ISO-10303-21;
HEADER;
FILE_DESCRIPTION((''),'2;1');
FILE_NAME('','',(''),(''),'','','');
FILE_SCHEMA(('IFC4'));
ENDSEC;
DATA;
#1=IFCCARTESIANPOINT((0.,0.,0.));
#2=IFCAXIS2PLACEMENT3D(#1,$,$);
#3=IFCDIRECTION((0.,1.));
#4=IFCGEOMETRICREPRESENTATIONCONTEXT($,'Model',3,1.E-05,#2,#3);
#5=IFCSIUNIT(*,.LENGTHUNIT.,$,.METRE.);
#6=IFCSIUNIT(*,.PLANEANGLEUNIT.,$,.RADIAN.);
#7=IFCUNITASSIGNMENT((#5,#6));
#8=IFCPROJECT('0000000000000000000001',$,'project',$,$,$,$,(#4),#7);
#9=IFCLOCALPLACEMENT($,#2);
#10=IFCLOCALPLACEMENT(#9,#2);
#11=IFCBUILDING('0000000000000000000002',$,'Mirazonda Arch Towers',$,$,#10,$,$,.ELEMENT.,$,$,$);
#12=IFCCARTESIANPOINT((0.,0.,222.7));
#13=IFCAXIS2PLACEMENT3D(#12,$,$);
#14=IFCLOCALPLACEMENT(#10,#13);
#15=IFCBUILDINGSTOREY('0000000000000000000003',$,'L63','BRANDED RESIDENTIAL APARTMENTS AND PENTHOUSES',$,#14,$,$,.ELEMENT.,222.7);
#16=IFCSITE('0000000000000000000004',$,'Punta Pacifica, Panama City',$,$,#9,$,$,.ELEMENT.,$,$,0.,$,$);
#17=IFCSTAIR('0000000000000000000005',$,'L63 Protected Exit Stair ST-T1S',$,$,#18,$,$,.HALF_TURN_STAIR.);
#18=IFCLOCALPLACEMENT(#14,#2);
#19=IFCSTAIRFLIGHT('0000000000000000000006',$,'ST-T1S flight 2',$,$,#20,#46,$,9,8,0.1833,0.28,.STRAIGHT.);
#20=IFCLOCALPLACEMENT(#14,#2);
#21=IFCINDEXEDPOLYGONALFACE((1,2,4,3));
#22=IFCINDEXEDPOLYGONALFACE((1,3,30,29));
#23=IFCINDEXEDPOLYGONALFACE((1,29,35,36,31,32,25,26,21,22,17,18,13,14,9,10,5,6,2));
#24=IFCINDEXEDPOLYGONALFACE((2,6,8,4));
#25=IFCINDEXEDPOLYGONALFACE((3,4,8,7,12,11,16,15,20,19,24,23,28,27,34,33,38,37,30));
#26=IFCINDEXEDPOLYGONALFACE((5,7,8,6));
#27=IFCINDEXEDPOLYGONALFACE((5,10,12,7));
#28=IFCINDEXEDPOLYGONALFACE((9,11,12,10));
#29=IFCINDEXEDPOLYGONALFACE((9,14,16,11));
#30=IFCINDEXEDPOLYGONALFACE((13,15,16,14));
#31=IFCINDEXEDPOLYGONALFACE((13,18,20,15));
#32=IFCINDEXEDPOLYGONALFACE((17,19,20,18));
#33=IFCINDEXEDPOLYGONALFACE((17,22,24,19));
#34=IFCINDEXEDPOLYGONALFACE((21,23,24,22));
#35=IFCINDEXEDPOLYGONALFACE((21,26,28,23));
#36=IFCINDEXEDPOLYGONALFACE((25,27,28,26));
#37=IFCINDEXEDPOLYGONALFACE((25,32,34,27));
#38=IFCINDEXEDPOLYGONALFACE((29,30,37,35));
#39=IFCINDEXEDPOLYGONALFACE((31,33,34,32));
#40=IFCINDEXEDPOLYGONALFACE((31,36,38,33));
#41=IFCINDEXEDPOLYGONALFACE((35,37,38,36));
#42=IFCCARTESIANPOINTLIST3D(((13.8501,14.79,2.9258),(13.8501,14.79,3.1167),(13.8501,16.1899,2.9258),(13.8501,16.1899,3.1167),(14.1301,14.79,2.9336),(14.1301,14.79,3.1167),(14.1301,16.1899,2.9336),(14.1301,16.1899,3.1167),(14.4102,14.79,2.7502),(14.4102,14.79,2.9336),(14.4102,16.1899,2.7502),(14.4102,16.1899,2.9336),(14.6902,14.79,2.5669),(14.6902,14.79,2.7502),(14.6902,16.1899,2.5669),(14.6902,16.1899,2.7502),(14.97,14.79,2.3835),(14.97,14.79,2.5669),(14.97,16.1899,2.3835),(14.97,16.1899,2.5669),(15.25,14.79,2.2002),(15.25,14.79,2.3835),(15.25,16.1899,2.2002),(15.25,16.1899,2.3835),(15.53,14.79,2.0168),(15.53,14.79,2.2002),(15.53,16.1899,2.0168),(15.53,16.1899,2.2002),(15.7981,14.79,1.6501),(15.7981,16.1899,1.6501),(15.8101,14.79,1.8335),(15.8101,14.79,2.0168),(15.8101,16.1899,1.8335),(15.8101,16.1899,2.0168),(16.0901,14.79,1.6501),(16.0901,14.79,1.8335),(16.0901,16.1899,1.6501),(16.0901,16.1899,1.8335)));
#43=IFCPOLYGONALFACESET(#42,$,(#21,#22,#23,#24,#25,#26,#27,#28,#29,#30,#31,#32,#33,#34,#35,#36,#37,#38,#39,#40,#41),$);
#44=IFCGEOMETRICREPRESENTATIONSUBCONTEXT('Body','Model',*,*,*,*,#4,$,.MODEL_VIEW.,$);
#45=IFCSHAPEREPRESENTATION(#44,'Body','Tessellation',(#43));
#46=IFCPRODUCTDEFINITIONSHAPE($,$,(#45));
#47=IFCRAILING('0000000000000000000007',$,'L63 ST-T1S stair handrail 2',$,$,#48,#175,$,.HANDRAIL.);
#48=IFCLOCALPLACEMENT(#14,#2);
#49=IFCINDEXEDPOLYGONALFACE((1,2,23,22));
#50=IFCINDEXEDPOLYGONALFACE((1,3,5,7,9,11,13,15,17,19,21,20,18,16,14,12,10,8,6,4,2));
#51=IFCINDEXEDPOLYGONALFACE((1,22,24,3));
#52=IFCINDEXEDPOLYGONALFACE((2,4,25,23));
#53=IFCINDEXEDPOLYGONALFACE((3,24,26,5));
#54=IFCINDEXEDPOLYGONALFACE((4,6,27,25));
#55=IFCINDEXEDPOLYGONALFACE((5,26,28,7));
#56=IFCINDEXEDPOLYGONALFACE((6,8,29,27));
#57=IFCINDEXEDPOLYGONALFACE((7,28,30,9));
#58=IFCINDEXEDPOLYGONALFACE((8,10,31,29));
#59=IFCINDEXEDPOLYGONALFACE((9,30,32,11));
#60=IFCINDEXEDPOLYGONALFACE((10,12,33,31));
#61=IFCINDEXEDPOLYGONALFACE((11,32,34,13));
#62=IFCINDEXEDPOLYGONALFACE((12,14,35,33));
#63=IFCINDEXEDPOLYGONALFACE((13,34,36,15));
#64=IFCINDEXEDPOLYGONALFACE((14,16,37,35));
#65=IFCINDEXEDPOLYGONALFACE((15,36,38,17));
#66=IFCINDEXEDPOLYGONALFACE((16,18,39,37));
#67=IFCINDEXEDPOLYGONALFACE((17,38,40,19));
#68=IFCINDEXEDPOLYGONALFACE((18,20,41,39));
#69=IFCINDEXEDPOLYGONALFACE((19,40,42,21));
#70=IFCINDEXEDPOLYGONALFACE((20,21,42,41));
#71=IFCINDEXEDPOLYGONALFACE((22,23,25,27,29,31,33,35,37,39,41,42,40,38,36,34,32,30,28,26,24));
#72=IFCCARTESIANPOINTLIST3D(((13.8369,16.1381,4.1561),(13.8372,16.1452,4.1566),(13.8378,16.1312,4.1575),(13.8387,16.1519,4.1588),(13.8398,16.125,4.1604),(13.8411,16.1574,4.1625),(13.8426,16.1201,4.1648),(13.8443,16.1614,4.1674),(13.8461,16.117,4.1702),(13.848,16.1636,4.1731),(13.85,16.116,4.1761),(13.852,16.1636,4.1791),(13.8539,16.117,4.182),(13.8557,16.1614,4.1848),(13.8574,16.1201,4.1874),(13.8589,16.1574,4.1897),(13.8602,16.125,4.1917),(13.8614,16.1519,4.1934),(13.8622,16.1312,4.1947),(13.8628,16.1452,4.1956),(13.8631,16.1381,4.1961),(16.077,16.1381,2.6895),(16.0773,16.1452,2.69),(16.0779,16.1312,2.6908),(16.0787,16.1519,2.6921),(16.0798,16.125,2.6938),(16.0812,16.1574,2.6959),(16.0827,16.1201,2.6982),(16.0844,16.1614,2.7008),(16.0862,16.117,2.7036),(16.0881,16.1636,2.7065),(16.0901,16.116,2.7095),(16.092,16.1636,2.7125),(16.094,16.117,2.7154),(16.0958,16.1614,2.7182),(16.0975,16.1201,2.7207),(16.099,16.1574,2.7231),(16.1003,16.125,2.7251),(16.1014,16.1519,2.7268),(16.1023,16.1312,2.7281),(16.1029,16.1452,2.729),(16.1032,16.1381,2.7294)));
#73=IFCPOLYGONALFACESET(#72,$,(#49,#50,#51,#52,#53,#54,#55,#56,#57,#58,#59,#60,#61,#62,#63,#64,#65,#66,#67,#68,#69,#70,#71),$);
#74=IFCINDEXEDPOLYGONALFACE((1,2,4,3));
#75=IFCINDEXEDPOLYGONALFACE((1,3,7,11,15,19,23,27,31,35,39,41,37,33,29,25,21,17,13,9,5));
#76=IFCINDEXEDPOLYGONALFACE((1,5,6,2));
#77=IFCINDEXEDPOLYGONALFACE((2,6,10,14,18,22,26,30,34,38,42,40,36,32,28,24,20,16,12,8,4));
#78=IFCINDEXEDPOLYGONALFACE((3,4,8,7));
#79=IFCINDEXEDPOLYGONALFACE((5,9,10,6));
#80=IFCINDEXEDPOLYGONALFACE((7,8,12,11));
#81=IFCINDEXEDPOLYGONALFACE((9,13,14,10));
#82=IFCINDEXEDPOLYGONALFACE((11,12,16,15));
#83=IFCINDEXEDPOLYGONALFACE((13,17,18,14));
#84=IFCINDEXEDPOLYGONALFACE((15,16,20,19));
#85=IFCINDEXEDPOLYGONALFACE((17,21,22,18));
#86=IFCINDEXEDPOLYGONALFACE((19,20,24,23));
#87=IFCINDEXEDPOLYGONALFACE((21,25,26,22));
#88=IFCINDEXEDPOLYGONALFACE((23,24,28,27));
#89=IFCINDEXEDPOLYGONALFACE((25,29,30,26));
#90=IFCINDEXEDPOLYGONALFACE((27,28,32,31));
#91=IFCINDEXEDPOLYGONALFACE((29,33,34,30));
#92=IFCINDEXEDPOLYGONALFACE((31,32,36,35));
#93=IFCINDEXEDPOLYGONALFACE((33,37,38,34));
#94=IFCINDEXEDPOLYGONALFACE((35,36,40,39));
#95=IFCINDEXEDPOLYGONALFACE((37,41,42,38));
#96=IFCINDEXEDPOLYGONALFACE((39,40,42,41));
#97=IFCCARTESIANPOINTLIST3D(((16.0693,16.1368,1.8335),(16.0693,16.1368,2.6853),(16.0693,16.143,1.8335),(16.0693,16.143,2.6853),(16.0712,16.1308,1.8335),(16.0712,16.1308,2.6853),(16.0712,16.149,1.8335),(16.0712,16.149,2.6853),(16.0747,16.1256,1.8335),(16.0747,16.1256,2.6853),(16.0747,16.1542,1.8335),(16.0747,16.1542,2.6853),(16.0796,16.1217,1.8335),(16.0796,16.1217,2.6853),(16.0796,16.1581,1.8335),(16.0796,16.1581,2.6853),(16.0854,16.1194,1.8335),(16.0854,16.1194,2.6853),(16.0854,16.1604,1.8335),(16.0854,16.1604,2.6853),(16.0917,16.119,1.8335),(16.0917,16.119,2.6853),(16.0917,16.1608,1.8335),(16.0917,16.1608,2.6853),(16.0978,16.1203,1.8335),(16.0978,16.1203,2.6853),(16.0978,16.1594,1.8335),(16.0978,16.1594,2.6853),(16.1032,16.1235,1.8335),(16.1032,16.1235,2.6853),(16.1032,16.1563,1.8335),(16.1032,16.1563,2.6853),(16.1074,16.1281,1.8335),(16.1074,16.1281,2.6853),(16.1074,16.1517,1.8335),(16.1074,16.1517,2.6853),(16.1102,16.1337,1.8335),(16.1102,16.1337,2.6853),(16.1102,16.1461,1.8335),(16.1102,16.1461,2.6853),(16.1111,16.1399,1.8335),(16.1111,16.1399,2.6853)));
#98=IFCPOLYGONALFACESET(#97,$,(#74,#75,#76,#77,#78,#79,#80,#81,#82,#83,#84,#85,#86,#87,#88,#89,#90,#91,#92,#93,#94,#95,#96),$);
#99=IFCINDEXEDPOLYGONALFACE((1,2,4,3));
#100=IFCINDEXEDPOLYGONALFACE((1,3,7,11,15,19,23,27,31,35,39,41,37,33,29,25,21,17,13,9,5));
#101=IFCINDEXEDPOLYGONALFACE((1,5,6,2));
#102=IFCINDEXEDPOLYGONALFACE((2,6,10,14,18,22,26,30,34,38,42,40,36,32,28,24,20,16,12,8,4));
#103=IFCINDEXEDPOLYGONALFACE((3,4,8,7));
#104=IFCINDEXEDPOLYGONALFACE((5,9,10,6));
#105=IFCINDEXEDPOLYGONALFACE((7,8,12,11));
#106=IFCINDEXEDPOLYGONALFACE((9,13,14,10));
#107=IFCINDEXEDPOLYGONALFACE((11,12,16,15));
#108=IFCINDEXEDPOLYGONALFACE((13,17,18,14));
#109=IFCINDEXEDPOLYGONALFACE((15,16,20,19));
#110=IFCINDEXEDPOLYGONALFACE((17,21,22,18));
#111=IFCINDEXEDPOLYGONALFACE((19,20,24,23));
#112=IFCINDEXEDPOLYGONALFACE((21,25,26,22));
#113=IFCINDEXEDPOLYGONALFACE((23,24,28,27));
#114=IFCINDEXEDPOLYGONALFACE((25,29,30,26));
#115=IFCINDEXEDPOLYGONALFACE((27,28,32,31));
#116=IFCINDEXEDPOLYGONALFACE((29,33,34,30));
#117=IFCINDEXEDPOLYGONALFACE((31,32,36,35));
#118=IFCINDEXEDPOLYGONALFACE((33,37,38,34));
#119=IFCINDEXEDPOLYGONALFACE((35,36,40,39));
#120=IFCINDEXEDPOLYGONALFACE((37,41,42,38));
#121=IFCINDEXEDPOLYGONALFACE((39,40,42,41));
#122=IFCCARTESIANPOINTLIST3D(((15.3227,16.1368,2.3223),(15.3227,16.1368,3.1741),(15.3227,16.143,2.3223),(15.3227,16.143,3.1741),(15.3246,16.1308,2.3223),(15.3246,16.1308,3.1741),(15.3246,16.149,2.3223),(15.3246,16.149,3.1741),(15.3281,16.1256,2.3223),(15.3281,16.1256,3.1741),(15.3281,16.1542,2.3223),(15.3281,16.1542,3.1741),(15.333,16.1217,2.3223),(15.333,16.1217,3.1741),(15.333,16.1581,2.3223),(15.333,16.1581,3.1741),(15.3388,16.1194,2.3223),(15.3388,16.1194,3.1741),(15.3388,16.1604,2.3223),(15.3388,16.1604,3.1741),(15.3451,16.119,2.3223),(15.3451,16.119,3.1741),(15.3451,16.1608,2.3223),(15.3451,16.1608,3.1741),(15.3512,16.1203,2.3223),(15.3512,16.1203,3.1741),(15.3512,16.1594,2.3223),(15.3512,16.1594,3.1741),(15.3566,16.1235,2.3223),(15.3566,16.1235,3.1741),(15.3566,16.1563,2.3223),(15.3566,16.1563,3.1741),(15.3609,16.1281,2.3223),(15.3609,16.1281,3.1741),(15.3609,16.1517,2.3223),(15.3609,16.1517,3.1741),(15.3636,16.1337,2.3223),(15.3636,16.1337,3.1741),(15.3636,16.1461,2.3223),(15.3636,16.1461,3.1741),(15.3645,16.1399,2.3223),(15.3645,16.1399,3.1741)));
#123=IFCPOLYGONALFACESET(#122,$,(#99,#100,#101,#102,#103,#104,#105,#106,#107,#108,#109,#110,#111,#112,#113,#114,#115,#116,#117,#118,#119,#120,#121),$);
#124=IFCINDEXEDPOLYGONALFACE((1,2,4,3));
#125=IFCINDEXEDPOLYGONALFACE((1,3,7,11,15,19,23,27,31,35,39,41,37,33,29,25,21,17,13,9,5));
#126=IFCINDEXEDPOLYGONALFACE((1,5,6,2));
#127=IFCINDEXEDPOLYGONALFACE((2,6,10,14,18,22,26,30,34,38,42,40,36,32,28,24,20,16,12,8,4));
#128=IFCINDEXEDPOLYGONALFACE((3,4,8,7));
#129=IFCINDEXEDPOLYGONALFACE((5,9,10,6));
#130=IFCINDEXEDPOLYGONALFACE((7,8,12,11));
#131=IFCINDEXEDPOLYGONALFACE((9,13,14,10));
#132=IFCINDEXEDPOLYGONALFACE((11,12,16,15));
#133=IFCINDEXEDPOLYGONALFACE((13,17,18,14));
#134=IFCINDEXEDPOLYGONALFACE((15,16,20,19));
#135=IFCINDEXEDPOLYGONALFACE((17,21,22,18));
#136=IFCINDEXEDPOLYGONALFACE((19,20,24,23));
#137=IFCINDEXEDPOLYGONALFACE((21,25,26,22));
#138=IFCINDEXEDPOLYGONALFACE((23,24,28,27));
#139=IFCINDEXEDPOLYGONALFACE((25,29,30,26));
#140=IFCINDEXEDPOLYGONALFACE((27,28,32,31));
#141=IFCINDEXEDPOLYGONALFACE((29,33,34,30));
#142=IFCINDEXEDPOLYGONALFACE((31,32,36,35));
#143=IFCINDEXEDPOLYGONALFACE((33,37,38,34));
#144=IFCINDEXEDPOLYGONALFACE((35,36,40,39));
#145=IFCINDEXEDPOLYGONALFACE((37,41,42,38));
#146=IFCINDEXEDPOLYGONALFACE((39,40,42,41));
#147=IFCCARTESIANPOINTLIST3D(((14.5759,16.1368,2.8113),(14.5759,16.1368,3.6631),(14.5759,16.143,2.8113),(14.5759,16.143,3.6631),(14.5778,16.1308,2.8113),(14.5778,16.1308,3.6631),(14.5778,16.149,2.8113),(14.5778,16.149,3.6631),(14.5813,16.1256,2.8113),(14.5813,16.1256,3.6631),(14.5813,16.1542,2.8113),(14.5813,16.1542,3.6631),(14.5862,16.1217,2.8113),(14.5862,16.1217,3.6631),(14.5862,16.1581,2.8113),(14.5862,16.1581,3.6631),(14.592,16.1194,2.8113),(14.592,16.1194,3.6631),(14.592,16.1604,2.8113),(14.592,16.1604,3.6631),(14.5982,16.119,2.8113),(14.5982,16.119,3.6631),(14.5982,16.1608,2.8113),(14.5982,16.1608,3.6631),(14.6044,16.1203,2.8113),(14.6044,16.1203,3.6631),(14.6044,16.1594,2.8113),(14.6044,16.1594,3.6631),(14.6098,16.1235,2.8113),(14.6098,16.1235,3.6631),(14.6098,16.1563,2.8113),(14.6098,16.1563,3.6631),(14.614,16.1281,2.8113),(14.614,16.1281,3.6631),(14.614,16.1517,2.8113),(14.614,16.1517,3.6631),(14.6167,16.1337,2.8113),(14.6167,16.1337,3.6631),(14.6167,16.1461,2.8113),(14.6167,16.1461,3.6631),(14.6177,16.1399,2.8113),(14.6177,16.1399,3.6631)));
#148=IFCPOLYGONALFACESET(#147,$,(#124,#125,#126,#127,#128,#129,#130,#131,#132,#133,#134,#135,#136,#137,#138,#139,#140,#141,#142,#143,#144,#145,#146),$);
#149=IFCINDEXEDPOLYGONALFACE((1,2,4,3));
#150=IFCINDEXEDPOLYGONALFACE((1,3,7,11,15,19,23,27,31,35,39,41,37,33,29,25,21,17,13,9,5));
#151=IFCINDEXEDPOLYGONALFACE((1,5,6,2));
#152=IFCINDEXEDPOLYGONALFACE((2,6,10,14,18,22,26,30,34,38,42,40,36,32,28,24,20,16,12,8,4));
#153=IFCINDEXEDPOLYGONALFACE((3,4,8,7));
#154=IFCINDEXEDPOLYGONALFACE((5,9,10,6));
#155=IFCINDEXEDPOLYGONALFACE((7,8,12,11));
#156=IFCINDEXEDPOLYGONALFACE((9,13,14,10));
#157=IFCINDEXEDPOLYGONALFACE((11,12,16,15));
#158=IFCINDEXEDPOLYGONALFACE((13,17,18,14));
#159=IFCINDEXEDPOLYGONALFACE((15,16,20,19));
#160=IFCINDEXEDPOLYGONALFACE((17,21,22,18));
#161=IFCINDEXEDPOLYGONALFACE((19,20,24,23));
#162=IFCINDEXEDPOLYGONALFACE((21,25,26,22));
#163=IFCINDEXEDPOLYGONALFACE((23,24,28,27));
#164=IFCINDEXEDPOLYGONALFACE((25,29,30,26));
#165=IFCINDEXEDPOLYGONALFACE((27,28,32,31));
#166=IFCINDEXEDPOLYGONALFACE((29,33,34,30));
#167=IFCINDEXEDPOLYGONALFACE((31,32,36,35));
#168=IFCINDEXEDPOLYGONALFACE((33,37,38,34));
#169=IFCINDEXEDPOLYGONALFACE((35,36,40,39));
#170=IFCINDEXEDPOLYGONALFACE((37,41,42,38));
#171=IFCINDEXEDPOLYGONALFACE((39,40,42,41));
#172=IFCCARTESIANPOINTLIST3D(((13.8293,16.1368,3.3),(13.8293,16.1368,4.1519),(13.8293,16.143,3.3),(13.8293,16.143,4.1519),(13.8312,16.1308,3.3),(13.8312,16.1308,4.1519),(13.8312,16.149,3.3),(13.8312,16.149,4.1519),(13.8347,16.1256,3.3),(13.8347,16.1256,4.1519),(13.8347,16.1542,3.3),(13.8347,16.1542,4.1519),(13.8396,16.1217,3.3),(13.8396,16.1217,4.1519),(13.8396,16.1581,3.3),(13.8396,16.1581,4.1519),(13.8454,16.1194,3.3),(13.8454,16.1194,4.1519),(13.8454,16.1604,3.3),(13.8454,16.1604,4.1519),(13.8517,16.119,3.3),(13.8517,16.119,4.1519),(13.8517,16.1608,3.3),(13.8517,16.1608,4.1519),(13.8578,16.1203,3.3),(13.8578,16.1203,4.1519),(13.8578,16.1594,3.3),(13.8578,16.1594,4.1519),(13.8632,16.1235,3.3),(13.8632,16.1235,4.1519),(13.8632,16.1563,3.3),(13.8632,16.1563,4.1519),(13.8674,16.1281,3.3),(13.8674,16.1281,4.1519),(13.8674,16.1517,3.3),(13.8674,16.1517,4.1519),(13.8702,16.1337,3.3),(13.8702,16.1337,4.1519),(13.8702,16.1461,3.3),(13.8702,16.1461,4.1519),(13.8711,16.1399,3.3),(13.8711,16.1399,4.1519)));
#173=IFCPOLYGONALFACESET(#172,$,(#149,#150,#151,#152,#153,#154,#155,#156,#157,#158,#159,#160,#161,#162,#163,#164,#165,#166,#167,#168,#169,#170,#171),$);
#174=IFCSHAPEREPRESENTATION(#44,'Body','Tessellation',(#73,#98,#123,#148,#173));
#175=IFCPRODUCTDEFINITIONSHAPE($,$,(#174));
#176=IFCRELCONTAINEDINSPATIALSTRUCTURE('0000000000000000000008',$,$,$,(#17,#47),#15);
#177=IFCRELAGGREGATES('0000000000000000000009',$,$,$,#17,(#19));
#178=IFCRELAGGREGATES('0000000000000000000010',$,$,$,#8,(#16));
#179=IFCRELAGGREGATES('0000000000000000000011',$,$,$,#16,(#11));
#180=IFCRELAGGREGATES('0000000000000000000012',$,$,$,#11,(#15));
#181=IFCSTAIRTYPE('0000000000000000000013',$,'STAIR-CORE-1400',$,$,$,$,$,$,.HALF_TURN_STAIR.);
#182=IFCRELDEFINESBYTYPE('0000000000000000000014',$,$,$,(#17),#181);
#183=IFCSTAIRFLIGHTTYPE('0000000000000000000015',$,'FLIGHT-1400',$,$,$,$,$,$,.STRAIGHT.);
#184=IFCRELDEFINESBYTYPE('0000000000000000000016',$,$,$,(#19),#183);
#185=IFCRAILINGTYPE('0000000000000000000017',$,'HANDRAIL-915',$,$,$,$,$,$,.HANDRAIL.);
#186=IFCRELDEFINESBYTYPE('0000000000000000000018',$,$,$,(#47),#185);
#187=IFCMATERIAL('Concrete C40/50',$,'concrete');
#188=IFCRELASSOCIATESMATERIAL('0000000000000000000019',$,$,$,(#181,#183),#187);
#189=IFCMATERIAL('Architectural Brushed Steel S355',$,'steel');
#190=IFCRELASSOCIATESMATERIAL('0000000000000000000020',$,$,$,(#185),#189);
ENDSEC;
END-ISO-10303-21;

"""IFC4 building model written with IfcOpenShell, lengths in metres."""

from ifc_helpers import new_model, si_unit, direction, frame, origin, origin_2d, place, context, subcontext, project, spatial, polyline, circle, outline, extrude, material, type_object, element, aggregate, save


model = new_model("IFC4")

# Units and contexts
model_context = context("Model", 3, precision=1e-05, world=origin(), true_north=direction((0.0, 1.0)))
body_context = subcontext(model_context, "Body", "Model", "MODEL_VIEW")
ifc_project = project(units=[si_unit("LENGTHUNIT", "METRE"), si_unit("PLANEANGLEUNIT", "RADIAN")], contexts=[model_context])

# Site, building, storey
site_placement = place(None, origin())
site = spatial("IfcSite", under=ifc_project, at=site_placement, Name="Punta Pacifica, Panama City", CompositionType="ELEMENT", RefElevation=0.0)
building_placement = place(site_placement, origin())
building = spatial("IfcBuilding", under=site, at=building_placement, Name="Mirazonda Arch Towers", CompositionType="ELEMENT")
storey_placement = place(building_placement, frame((0.0, 0.0, 222.7)))
storey = spatial("IfcBuildingStorey", under=building, at=storey_placement, Name="L63", Description="BRANDED RESIDENTIAL APARTMENTS AND PENTHOUSES", CompositionType="ELEMENT", Elevation=222.7)

# Shared definitions
ifc_material_1 = material(Name="Architectural Brushed Steel S355", Category="steel")

# Stair, stair flight
ifc_material_2 = material(Name="Concrete C40/50", Category="concrete")
stair_type = type_object("IfcStairType", Name="STAIR-CORE-1400", PredefinedType="HALF_TURN_STAIR", material=ifc_material_2)
stair_placement = place(storey_placement, origin())
stair = element("IfcStair", 1, at=stair_placement, inside=storey, type_object=stair_type, Name="L63 Protected Exit Stair ST-T1S", PredefinedType="HALF_TURN_STAIR")
stair_flight_type = type_object("IfcStairFlightType", Name="FLIGHT-1400", PredefinedType="STRAIGHT", material=ifc_material_2)
stair_flight_placement = place(storey_placement, frame((16.0901, 15.49, 1.6501), z_axis=(0.0, 0.0, 1.0), x_axis=(-1.0, 0.0, 0.0)))
stair_flight = element("IfcStairFlight", 2, at=stair_flight_placement, type_object=stair_flight_type, Name="ST-T1S flight 2", NumberOfRisers=9, NumberOfTreads=8, PredefinedType="STRAIGHT", RiserHeight=0.1833, TreadLength=0.28, context=body_context, shape_type="SweptSolid", body=[
    extrude(outline(polyline([(0.0, 0.0), (0.0, 0.1833), (0.28, 0.1833), (0.28, 0.3667), (0.5601, 0.3667), (0.5601, 0.55), (0.8401, 0.55), (0.8401, 0.7334), (1.1201, 0.7334), (1.1201, 0.9167), (1.3999, 0.9167), (1.3999, 1.1001), (1.6799, 1.1001), (1.6799, 1.2834), (1.96, 1.2834), (1.96, 1.4666), (2.24, 1.4666), (2.24, 1.6499), (2.24, 1.2756), (0.292, 0.0), (0.0, 0.0)])), frame((0.0, 0.7, 0.0), z_axis=(0.0, -1.0, 0.0), x_axis=(1.0, 0.0, 0.0)), (0.0, 0.0, 1.0), 1.3999),
])
aggregate(stair, [stair_flight])

# Railing
railing_type = type_object("IfcRailingType", Name="HANDRAIL-915", PredefinedType="HANDRAIL", material=ifc_material_1)
railing_placement = place(storey_placement, frame((16.0901, 16.1399, 1.8335)))
element("IfcRailing", 3, at=railing_placement, inside=storey, type_object=railing_type, Name="L63 ST-T1S stair handrail 2", PredefinedType="HANDRAIL", context=body_context, shape_type="SweptSolid", body=[
    extrude(circle(Radius=0.0239, at=origin_2d()), frame((0.0, 0.0, 0.876), z_axis=(-0.836637, 0.0, 0.547758), x_axis=(0.0, -1.0, 0.0)), (0.0, 0.0, 1.0), 2.6775),
    extrude(circle(Radius=0.021, at=origin_2d()), origin(), (0.0, 0.0, 1.0), 0.8518),
    extrude(circle(Radius=0.021, at=origin_2d()), frame((-0.7466, 0.0, 0.4888)), (0.0, 0.0, 1.0), 0.8518),
    extrude(circle(Radius=0.021, at=origin_2d()), frame((-1.4934, 0.0, 0.9778)), (0.0, 0.0, 1.0), 0.8518),
    extrude(circle(Radius=0.021, at=origin_2d()), frame((-2.24, 0.0, 1.4666)), (0.0, 0.0, 1.0), 0.8518),
])

save(model, "model.ifc")
